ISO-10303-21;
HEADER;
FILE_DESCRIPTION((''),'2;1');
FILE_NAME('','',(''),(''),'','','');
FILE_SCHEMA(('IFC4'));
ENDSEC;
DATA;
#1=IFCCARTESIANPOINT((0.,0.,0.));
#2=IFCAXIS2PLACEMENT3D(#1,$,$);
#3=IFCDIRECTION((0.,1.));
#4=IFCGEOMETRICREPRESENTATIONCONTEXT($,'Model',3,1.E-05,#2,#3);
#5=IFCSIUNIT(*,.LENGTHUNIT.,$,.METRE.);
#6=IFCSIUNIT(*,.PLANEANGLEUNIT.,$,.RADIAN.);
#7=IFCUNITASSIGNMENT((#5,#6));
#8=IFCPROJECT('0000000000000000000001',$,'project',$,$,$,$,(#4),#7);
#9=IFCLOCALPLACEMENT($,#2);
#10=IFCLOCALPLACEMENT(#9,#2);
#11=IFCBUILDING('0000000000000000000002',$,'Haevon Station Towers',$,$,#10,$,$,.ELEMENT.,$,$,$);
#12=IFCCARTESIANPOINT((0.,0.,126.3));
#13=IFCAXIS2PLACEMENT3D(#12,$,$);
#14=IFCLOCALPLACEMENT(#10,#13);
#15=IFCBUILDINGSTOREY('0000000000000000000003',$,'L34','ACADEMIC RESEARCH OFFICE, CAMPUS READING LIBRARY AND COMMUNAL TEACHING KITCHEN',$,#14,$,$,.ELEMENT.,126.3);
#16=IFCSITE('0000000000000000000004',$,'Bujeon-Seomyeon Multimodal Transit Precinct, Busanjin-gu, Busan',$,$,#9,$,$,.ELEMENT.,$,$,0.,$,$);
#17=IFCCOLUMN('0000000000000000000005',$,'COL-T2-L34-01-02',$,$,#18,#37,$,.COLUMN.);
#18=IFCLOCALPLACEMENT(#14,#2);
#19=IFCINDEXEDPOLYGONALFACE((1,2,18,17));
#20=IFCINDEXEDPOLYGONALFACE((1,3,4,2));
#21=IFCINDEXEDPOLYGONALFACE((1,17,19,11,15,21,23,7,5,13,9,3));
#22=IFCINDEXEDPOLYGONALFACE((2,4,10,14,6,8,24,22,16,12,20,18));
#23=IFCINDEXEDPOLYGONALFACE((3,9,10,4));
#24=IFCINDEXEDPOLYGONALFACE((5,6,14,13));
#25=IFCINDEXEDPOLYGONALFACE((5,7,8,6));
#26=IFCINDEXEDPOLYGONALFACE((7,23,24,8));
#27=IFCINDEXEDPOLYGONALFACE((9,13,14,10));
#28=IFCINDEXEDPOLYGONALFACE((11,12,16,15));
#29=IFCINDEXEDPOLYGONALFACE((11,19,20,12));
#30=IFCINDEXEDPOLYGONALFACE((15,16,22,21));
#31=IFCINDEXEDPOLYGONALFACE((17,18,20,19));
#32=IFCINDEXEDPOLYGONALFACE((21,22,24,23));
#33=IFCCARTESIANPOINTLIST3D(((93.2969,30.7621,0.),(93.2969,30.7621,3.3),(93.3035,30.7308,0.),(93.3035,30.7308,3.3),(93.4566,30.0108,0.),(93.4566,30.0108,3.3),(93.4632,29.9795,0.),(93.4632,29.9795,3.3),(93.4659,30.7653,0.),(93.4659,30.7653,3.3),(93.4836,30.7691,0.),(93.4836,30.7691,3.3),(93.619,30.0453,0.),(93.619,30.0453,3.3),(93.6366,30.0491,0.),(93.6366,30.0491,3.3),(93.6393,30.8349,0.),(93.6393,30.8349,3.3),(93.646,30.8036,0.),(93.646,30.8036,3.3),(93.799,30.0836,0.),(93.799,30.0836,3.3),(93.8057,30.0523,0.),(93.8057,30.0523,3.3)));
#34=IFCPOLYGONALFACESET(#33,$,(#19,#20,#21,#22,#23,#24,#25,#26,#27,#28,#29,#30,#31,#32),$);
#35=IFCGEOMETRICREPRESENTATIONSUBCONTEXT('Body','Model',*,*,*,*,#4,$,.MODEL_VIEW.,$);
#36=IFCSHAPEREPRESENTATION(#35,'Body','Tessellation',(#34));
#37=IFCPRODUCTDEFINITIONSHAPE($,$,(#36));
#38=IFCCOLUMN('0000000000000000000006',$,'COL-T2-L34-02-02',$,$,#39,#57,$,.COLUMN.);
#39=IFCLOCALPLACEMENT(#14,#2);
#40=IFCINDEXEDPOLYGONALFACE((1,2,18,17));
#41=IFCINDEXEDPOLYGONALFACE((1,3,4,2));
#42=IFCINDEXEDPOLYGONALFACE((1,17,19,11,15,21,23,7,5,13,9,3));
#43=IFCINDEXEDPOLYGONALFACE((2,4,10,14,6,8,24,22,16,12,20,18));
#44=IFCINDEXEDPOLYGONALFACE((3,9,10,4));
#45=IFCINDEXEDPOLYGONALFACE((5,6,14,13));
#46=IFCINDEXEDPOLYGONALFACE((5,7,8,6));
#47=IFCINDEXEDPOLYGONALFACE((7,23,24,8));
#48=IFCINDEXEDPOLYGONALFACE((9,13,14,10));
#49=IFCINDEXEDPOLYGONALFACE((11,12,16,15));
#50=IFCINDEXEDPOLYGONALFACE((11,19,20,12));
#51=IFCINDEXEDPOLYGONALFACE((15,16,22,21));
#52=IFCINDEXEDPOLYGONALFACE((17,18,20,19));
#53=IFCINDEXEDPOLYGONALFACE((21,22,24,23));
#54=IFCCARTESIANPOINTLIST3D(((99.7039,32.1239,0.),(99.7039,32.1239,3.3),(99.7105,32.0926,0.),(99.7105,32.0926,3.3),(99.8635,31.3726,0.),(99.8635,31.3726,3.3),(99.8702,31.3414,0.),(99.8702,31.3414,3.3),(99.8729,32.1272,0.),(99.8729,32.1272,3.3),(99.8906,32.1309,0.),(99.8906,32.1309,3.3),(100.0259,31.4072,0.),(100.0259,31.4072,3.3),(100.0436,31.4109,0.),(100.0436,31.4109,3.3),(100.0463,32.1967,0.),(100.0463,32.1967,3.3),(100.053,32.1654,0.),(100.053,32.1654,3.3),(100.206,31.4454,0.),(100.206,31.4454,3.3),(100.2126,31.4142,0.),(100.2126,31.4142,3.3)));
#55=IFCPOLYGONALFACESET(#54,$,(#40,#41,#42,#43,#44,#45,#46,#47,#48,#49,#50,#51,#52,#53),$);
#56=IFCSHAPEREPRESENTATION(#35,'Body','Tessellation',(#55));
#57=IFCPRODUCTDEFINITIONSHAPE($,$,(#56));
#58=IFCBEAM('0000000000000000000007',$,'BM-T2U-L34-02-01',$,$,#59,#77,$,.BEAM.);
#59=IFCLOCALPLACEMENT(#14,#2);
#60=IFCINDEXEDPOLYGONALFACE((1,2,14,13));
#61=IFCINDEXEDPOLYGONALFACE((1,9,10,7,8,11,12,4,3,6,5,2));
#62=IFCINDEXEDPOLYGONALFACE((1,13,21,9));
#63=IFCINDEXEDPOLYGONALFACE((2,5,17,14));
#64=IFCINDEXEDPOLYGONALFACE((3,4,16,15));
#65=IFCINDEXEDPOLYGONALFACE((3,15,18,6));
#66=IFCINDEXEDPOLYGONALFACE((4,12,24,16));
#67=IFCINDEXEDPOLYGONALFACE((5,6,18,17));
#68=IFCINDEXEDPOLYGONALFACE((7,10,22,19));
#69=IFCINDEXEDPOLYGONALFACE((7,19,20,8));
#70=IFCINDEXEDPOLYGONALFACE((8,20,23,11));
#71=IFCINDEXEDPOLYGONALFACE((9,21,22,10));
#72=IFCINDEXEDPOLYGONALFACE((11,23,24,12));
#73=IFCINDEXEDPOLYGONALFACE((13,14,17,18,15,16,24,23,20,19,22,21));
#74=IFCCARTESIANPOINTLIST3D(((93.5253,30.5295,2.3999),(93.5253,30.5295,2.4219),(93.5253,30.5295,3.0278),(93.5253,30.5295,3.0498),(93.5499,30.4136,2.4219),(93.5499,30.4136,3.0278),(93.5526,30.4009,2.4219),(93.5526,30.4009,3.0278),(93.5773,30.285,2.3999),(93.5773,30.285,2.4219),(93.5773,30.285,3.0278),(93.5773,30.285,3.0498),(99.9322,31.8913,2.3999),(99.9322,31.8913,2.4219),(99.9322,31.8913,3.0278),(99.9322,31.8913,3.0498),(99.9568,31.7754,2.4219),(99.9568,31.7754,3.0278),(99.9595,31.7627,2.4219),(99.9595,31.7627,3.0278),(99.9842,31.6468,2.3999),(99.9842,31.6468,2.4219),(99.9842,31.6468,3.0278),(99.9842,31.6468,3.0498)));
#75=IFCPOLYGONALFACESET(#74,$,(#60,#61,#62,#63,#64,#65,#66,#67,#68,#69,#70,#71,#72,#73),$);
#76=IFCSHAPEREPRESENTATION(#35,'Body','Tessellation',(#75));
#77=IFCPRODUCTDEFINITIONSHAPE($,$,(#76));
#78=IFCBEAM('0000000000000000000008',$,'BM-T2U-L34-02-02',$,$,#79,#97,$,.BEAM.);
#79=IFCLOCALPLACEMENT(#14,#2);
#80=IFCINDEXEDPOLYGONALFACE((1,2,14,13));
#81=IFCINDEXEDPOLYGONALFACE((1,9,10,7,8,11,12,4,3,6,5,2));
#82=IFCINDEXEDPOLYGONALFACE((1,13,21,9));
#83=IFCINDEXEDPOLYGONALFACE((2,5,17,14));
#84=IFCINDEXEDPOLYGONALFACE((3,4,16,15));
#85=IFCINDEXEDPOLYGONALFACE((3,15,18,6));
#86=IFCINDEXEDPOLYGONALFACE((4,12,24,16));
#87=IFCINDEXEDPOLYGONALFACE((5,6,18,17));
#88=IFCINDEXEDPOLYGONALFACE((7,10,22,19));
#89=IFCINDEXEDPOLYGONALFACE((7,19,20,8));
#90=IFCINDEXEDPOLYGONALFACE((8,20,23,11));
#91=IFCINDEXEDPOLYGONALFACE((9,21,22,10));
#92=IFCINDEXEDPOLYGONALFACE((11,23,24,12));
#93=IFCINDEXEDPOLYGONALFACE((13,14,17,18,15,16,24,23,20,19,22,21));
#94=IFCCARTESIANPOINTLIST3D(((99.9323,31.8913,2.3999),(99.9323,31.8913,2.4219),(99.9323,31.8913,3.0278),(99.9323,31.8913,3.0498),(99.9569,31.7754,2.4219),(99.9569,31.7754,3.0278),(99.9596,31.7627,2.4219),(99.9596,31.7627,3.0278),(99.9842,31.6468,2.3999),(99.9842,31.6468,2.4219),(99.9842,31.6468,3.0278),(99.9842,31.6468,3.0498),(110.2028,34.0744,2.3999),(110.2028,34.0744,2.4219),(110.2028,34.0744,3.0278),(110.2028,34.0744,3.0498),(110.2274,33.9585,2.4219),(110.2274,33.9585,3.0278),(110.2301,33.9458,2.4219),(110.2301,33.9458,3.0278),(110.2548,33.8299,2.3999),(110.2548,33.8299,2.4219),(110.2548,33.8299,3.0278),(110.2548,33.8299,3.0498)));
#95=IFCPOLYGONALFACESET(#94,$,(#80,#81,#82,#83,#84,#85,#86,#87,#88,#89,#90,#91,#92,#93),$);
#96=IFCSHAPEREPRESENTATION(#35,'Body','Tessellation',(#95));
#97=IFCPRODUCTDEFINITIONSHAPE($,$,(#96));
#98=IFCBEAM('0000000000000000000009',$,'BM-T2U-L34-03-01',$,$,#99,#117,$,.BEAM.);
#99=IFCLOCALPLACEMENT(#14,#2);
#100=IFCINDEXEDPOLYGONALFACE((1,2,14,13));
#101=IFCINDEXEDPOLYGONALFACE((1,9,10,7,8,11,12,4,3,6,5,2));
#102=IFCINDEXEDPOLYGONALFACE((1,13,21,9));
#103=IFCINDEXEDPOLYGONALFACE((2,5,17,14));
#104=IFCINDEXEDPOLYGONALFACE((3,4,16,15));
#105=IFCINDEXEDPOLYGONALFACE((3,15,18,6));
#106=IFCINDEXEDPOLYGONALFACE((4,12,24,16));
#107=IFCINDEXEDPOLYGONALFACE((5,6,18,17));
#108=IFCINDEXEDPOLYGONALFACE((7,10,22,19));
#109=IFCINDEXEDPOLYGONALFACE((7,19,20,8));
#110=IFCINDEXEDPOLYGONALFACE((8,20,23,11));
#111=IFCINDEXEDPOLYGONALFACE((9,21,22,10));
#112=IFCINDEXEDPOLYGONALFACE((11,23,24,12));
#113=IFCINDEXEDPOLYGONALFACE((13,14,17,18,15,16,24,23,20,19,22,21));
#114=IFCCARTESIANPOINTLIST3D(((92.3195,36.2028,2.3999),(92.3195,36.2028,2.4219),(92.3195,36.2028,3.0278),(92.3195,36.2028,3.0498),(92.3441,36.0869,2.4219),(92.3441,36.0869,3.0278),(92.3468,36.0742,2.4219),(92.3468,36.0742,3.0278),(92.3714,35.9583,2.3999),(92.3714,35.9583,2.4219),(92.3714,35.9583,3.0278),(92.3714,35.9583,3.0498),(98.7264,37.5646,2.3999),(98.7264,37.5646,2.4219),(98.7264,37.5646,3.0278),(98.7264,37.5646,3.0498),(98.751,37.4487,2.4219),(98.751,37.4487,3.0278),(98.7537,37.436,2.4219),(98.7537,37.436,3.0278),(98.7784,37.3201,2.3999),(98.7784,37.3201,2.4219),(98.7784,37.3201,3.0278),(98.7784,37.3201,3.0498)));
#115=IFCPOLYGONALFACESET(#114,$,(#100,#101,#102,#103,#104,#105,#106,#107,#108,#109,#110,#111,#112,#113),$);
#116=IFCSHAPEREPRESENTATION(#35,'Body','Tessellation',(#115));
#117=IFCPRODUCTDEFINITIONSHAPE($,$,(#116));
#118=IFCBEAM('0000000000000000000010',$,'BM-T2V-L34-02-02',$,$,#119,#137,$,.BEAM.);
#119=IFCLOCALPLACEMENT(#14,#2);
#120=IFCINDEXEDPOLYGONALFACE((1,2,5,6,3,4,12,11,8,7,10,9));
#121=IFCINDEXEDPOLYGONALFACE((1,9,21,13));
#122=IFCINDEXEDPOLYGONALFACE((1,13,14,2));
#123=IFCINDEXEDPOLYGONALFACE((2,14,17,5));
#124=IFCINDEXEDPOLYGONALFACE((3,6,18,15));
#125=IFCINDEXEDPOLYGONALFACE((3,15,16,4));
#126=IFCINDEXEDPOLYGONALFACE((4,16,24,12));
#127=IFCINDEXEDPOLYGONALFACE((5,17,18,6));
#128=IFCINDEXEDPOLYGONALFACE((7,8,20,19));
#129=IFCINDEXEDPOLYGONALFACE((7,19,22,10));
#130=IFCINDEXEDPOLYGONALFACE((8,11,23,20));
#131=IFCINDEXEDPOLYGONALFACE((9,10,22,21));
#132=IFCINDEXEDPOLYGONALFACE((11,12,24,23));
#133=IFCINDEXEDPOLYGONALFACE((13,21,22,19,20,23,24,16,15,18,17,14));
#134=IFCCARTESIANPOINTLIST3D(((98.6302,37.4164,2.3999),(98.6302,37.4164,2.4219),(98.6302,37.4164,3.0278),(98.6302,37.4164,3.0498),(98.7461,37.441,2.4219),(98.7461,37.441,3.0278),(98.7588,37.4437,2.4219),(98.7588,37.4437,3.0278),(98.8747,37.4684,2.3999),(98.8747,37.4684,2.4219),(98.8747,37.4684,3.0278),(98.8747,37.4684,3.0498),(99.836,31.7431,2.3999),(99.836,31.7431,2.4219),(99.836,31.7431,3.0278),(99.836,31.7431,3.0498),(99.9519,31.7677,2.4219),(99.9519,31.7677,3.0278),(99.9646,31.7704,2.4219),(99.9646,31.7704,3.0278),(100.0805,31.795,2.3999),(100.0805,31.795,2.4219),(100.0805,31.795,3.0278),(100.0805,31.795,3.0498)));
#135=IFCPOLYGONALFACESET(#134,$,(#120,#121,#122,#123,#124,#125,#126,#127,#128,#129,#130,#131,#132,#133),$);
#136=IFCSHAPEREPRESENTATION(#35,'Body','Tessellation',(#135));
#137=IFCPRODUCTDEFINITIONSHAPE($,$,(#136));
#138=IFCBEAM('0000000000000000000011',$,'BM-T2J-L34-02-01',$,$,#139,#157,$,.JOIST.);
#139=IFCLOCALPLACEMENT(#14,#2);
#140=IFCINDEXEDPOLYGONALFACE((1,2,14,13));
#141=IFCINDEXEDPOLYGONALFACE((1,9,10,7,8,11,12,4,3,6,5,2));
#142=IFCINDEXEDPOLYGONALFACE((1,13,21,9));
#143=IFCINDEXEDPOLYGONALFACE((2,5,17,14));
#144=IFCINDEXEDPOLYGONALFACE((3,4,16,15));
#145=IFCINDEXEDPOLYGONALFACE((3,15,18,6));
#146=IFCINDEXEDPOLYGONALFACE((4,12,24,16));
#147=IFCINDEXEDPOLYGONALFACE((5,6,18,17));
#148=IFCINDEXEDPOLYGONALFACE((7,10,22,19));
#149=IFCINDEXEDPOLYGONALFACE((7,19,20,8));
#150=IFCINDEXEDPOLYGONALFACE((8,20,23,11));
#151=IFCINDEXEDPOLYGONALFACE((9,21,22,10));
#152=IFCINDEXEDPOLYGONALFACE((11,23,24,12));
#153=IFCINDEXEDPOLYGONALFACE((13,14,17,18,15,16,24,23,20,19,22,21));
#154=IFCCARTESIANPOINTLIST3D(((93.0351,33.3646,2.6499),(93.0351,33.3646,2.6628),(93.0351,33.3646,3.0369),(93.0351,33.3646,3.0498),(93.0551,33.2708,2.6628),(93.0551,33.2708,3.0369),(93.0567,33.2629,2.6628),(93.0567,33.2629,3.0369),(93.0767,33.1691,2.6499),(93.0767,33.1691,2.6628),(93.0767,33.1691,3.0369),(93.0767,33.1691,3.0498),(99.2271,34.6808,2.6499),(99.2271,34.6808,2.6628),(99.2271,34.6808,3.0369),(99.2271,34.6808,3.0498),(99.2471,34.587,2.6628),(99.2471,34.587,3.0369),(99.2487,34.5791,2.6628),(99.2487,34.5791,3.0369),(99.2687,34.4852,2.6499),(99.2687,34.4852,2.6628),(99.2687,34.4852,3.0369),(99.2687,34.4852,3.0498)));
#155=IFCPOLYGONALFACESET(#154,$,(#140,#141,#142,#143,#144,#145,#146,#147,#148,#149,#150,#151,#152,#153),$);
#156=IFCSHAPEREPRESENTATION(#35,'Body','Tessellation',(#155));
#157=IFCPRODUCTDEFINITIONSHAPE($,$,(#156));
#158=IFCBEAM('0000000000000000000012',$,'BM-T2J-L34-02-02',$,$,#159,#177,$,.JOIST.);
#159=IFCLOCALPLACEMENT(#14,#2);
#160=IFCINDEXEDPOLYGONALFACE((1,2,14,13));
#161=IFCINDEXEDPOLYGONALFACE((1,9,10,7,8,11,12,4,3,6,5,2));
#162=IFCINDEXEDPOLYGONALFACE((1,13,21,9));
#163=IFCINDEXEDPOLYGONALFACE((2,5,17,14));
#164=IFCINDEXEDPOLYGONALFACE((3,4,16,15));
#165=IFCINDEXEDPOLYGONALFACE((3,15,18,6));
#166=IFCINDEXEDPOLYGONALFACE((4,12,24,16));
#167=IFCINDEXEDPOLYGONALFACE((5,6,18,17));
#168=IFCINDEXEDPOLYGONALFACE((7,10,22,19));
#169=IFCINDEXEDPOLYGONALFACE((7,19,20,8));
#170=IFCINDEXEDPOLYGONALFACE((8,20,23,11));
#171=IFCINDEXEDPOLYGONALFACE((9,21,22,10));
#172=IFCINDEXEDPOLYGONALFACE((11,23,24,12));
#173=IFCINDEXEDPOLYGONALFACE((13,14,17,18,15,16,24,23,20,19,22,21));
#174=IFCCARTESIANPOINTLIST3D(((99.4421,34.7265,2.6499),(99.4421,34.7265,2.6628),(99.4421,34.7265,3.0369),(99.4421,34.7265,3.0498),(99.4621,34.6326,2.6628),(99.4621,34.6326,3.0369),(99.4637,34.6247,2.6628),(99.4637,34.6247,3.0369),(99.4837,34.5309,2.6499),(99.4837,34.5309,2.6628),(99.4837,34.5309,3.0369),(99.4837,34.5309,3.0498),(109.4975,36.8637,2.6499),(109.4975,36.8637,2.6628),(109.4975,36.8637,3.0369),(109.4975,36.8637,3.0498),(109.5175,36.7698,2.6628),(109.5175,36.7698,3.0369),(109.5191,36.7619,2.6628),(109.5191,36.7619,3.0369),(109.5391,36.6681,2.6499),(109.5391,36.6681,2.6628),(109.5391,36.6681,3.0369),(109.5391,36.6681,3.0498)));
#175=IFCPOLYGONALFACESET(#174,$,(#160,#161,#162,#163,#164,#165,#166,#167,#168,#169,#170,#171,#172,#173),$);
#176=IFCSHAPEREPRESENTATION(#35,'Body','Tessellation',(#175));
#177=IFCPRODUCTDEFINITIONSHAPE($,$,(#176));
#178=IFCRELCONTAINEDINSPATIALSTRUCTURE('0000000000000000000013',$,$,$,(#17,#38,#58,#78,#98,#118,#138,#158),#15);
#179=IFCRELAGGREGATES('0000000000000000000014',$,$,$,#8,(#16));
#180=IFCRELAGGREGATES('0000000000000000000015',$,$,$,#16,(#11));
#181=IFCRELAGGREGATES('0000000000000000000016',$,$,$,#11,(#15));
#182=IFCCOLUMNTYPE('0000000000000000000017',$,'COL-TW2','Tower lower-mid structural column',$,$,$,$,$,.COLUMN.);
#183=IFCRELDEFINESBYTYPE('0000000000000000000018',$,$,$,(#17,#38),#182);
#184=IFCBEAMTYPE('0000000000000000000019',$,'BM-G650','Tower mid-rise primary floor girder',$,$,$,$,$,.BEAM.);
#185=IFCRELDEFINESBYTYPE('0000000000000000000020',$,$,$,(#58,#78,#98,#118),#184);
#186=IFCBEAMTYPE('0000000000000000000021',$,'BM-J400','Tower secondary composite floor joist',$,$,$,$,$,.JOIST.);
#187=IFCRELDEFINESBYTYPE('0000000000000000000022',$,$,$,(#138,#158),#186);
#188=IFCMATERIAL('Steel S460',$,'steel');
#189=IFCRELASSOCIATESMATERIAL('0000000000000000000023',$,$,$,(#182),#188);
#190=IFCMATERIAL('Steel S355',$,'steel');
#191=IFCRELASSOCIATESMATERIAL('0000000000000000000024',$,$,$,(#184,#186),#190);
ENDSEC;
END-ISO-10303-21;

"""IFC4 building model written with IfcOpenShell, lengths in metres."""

from ifc_helpers import new_model, si_unit, direction, frame, origin, origin_2d, place, context, subcontext, project, spatial, i_section, extrude, material, material_profile, profile_set, type_object, element, save


model = new_model("IFC4")

# Units and contexts
model_context = context("Model", 3, precision=1e-05, world=origin(), true_north=direction((0.0, 1.0)))
body_context = subcontext(model_context, "Body", "Model", "MODEL_VIEW")
ifc_project = project(units=[si_unit("LENGTHUNIT", "METRE"), si_unit("PLANEANGLEUNIT", "RADIAN")], contexts=[model_context])

# Site, building, storey
site_placement = place(None, origin())
site = spatial("IfcSite", under=ifc_project, at=site_placement, Name="Bujeon-Seomyeon Multimodal Transit Precinct, Busanjin-gu, Busan", CompositionType="ELEMENT", RefElevation=0.0)
building_placement = place(site_placement, origin())
building = spatial("IfcBuilding", under=site, at=building_placement, Name="Haevon Station Towers", CompositionType="ELEMENT")
storey_placement = place(building_placement, frame((0.0, 0.0, 126.3)))
storey = spatial("IfcBuildingStorey", under=building, at=storey_placement, Name="L34", Description="ACADEMIC RESEARCH OFFICE, CAMPUS READING LIBRARY AND COMMUNAL TEACHING KITCHEN", CompositionType="ELEMENT", Elevation=126.3)

# Columns
ifc_material_1 = material(Name="Steel S460", Category="steel")
ifc_material_profile_1 = material_profile(ifc_material_1, i_section(OverallWidth=0.3501, OverallDepth=0.8, WebThickness=0.0181, FlangeThickness=0.032, at=origin_2d()), Name="H-800x350x18x32")
ifc_profile_set_1 = profile_set([ifc_material_profile_1], Name="Steel S460")
column_type = type_object("IfcColumnType", Name="COL-TW2", Description="Tower lower-mid structural column", PredefinedType="COLUMN", material=ifc_profile_set_1)
for number, where, z_axis, x_axis, name in (
    (1, (93.5513, 30.4072, 0.0), (0.0, 0.0, 1.0), (0.978148, 0.207912, 0.0), "COL-T2-L34-01-02"),
    (2, (99.9583, 31.769, 0.0), (0.0, 0.0, 1.0), (0.978148, 0.207912, 0.0), "COL-T2-L34-02-02"),
):
    element("IfcColumn", number, at=place(storey_placement, frame(where, z_axis=z_axis, x_axis=x_axis)), inside=storey, type_object=column_type, Name=name, PredefinedType="COLUMN", context=body_context, shape_type="SweptSolid", body=[
        extrude(i_section(OverallWidth=0.3501, OverallDepth=0.8, WebThickness=0.0181, FlangeThickness=0.032, at=origin_2d()), origin(), (0.0, 0.0, 1.0), 3.3),
    ])

# Beams
ifc_material_2 = material(Name="Steel S355", Category="steel")
ifc_material_profile_2 = material_profile(ifc_material_2, i_section(OverallWidth=0.25, OverallDepth=0.6499, WebThickness=0.0129, FlangeThickness=0.022, at=origin_2d()), Name="H-650x250x13x22")
ifc_profile_set_2 = profile_set([ifc_material_profile_2], Name="Steel S355")
beam_type_1 = type_object("IfcBeamType", Name="BM-G650", Description="Tower mid-rise primary floor girder", PredefinedType="BEAM", material=ifc_profile_set_2)
beam_1_placement = place(storey_placement, frame((93.5513, 30.4072, 2.7249), z_axis=(0.978149, 0.207907, 0.0), x_axis=(-0.207907, 0.978149, 0.0)))
element("IfcBeam", 3, at=beam_1_placement, inside=storey, type_object=beam_type_1, Name="BM-T2U-L34-02-01", PredefinedType="BEAM", context=body_context, shape_type="SweptSolid", body=[
    extrude(i_section(OverallWidth=0.25, OverallDepth=0.6499, WebThickness=0.0129, FlangeThickness=0.022, at=origin_2d()), origin(), (0.0, 0.0, 1.0), 6.55),
])
beam_2_placement = place(storey_placement, frame((99.9583, 31.769, 2.7249), z_axis=(0.978147, 0.207915, 0.0), x_axis=(-0.207915, 0.978147, 0.0)))
element("IfcBeam", 4, at=beam_2_placement, inside=storey, type_object=beam_type_1, Name="BM-T2U-L34-02-02", PredefinedType="BEAM", context=body_context, shape_type="SweptSolid", body=[
    extrude(i_section(OverallWidth=0.25, OverallDepth=0.6499, WebThickness=0.0129, FlangeThickness=0.022, at=origin_2d()), origin(), (0.0, 0.0, 1.0), 10.5),
])
beam_3_placement = place(storey_placement, frame((92.3455, 36.0806, 2.7249), z_axis=(0.978149, 0.207907, 0.0), x_axis=(-0.207907, 0.978149, 0.0)))
element("IfcBeam", 5, at=beam_3_placement, inside=storey, type_object=beam_type_1, Name="BM-T2U-L34-03-01", PredefinedType="BEAM", context=body_context, shape_type="SweptSolid", body=[
    extrude(i_section(OverallWidth=0.25, OverallDepth=0.6499, WebThickness=0.0129, FlangeThickness=0.022, at=origin_2d()), origin(), (0.0, 0.0, 1.0), 6.55),
])
beam_4_placement = place(storey_placement, frame((99.9583, 31.769, 2.7249), z_axis=(-0.207896, 0.978151, 0.0), x_axis=(-0.978151, -0.207896, 0.0)))
element("IfcBeam", 6, at=beam_4_placement, inside=storey, type_object=beam_type_1, Name="BM-T2V-L34-02-02", PredefinedType="BEAM", context=body_context, shape_type="SweptSolid", body=[
    extrude(i_section(OverallWidth=0.25, OverallDepth=0.6499, WebThickness=0.0129, FlangeThickness=0.022, at=origin_2d()), origin(), (0.0, 0.0, 1.0), 5.8),
])
ifc_material_profile_3 = material_profile(ifc_material_2, i_section(OverallWidth=0.2, OverallDepth=0.3999, WebThickness=0.0081, FlangeThickness=0.0129, at=origin_2d()), Name="H-400x200x8x13")
ifc_profile_set_3 = profile_set([ifc_material_profile_3], Name="Steel S355")
beam_type_2 = type_object("IfcBeamType", Name="BM-J400", Description="Tower secondary composite floor joist", PredefinedType="JOIST", material=ifc_profile_set_3)
beam_5_placement = place(storey_placement, frame((93.0559, 33.2668, 2.8499), z_axis=(0.978146, 0.207917, 0.0), x_axis=(-0.207917, 0.978146, 0.0)))
element("IfcBeam", 7, at=beam_5_placement, inside=storey, type_object=beam_type_2, Name="BM-T2J-L34-02-01", PredefinedType="JOIST", context=body_context, shape_type="SweptSolid", body=[
    extrude(i_section(OverallWidth=0.2, OverallDepth=0.3999, WebThickness=0.0081, FlangeThickness=0.0129, at=origin_2d()), origin(), (0.0, 0.0, 1.0), 6.3303),
])
beam_6_placement = place(storey_placement, frame((99.4629, 34.6287, 2.8499), z_axis=(0.97815, 0.207899, 0.0), x_axis=(-0.207899, 0.97815, 0.0)))
element("IfcBeam", 8, at=beam_6_placement, inside=storey, type_object=beam_type_2, Name="BM-T2J-L34-02-02", PredefinedType="JOIST", context=body_context, shape_type="SweptSolid", body=[
    extrude(i_section(OverallWidth=0.2, OverallDepth=0.3999, WebThickness=0.0081, FlangeThickness=0.0129, at=origin_2d()), origin(), (0.0, 0.0, 1.0), 10.28),
])

save(model, "model.ifc")
